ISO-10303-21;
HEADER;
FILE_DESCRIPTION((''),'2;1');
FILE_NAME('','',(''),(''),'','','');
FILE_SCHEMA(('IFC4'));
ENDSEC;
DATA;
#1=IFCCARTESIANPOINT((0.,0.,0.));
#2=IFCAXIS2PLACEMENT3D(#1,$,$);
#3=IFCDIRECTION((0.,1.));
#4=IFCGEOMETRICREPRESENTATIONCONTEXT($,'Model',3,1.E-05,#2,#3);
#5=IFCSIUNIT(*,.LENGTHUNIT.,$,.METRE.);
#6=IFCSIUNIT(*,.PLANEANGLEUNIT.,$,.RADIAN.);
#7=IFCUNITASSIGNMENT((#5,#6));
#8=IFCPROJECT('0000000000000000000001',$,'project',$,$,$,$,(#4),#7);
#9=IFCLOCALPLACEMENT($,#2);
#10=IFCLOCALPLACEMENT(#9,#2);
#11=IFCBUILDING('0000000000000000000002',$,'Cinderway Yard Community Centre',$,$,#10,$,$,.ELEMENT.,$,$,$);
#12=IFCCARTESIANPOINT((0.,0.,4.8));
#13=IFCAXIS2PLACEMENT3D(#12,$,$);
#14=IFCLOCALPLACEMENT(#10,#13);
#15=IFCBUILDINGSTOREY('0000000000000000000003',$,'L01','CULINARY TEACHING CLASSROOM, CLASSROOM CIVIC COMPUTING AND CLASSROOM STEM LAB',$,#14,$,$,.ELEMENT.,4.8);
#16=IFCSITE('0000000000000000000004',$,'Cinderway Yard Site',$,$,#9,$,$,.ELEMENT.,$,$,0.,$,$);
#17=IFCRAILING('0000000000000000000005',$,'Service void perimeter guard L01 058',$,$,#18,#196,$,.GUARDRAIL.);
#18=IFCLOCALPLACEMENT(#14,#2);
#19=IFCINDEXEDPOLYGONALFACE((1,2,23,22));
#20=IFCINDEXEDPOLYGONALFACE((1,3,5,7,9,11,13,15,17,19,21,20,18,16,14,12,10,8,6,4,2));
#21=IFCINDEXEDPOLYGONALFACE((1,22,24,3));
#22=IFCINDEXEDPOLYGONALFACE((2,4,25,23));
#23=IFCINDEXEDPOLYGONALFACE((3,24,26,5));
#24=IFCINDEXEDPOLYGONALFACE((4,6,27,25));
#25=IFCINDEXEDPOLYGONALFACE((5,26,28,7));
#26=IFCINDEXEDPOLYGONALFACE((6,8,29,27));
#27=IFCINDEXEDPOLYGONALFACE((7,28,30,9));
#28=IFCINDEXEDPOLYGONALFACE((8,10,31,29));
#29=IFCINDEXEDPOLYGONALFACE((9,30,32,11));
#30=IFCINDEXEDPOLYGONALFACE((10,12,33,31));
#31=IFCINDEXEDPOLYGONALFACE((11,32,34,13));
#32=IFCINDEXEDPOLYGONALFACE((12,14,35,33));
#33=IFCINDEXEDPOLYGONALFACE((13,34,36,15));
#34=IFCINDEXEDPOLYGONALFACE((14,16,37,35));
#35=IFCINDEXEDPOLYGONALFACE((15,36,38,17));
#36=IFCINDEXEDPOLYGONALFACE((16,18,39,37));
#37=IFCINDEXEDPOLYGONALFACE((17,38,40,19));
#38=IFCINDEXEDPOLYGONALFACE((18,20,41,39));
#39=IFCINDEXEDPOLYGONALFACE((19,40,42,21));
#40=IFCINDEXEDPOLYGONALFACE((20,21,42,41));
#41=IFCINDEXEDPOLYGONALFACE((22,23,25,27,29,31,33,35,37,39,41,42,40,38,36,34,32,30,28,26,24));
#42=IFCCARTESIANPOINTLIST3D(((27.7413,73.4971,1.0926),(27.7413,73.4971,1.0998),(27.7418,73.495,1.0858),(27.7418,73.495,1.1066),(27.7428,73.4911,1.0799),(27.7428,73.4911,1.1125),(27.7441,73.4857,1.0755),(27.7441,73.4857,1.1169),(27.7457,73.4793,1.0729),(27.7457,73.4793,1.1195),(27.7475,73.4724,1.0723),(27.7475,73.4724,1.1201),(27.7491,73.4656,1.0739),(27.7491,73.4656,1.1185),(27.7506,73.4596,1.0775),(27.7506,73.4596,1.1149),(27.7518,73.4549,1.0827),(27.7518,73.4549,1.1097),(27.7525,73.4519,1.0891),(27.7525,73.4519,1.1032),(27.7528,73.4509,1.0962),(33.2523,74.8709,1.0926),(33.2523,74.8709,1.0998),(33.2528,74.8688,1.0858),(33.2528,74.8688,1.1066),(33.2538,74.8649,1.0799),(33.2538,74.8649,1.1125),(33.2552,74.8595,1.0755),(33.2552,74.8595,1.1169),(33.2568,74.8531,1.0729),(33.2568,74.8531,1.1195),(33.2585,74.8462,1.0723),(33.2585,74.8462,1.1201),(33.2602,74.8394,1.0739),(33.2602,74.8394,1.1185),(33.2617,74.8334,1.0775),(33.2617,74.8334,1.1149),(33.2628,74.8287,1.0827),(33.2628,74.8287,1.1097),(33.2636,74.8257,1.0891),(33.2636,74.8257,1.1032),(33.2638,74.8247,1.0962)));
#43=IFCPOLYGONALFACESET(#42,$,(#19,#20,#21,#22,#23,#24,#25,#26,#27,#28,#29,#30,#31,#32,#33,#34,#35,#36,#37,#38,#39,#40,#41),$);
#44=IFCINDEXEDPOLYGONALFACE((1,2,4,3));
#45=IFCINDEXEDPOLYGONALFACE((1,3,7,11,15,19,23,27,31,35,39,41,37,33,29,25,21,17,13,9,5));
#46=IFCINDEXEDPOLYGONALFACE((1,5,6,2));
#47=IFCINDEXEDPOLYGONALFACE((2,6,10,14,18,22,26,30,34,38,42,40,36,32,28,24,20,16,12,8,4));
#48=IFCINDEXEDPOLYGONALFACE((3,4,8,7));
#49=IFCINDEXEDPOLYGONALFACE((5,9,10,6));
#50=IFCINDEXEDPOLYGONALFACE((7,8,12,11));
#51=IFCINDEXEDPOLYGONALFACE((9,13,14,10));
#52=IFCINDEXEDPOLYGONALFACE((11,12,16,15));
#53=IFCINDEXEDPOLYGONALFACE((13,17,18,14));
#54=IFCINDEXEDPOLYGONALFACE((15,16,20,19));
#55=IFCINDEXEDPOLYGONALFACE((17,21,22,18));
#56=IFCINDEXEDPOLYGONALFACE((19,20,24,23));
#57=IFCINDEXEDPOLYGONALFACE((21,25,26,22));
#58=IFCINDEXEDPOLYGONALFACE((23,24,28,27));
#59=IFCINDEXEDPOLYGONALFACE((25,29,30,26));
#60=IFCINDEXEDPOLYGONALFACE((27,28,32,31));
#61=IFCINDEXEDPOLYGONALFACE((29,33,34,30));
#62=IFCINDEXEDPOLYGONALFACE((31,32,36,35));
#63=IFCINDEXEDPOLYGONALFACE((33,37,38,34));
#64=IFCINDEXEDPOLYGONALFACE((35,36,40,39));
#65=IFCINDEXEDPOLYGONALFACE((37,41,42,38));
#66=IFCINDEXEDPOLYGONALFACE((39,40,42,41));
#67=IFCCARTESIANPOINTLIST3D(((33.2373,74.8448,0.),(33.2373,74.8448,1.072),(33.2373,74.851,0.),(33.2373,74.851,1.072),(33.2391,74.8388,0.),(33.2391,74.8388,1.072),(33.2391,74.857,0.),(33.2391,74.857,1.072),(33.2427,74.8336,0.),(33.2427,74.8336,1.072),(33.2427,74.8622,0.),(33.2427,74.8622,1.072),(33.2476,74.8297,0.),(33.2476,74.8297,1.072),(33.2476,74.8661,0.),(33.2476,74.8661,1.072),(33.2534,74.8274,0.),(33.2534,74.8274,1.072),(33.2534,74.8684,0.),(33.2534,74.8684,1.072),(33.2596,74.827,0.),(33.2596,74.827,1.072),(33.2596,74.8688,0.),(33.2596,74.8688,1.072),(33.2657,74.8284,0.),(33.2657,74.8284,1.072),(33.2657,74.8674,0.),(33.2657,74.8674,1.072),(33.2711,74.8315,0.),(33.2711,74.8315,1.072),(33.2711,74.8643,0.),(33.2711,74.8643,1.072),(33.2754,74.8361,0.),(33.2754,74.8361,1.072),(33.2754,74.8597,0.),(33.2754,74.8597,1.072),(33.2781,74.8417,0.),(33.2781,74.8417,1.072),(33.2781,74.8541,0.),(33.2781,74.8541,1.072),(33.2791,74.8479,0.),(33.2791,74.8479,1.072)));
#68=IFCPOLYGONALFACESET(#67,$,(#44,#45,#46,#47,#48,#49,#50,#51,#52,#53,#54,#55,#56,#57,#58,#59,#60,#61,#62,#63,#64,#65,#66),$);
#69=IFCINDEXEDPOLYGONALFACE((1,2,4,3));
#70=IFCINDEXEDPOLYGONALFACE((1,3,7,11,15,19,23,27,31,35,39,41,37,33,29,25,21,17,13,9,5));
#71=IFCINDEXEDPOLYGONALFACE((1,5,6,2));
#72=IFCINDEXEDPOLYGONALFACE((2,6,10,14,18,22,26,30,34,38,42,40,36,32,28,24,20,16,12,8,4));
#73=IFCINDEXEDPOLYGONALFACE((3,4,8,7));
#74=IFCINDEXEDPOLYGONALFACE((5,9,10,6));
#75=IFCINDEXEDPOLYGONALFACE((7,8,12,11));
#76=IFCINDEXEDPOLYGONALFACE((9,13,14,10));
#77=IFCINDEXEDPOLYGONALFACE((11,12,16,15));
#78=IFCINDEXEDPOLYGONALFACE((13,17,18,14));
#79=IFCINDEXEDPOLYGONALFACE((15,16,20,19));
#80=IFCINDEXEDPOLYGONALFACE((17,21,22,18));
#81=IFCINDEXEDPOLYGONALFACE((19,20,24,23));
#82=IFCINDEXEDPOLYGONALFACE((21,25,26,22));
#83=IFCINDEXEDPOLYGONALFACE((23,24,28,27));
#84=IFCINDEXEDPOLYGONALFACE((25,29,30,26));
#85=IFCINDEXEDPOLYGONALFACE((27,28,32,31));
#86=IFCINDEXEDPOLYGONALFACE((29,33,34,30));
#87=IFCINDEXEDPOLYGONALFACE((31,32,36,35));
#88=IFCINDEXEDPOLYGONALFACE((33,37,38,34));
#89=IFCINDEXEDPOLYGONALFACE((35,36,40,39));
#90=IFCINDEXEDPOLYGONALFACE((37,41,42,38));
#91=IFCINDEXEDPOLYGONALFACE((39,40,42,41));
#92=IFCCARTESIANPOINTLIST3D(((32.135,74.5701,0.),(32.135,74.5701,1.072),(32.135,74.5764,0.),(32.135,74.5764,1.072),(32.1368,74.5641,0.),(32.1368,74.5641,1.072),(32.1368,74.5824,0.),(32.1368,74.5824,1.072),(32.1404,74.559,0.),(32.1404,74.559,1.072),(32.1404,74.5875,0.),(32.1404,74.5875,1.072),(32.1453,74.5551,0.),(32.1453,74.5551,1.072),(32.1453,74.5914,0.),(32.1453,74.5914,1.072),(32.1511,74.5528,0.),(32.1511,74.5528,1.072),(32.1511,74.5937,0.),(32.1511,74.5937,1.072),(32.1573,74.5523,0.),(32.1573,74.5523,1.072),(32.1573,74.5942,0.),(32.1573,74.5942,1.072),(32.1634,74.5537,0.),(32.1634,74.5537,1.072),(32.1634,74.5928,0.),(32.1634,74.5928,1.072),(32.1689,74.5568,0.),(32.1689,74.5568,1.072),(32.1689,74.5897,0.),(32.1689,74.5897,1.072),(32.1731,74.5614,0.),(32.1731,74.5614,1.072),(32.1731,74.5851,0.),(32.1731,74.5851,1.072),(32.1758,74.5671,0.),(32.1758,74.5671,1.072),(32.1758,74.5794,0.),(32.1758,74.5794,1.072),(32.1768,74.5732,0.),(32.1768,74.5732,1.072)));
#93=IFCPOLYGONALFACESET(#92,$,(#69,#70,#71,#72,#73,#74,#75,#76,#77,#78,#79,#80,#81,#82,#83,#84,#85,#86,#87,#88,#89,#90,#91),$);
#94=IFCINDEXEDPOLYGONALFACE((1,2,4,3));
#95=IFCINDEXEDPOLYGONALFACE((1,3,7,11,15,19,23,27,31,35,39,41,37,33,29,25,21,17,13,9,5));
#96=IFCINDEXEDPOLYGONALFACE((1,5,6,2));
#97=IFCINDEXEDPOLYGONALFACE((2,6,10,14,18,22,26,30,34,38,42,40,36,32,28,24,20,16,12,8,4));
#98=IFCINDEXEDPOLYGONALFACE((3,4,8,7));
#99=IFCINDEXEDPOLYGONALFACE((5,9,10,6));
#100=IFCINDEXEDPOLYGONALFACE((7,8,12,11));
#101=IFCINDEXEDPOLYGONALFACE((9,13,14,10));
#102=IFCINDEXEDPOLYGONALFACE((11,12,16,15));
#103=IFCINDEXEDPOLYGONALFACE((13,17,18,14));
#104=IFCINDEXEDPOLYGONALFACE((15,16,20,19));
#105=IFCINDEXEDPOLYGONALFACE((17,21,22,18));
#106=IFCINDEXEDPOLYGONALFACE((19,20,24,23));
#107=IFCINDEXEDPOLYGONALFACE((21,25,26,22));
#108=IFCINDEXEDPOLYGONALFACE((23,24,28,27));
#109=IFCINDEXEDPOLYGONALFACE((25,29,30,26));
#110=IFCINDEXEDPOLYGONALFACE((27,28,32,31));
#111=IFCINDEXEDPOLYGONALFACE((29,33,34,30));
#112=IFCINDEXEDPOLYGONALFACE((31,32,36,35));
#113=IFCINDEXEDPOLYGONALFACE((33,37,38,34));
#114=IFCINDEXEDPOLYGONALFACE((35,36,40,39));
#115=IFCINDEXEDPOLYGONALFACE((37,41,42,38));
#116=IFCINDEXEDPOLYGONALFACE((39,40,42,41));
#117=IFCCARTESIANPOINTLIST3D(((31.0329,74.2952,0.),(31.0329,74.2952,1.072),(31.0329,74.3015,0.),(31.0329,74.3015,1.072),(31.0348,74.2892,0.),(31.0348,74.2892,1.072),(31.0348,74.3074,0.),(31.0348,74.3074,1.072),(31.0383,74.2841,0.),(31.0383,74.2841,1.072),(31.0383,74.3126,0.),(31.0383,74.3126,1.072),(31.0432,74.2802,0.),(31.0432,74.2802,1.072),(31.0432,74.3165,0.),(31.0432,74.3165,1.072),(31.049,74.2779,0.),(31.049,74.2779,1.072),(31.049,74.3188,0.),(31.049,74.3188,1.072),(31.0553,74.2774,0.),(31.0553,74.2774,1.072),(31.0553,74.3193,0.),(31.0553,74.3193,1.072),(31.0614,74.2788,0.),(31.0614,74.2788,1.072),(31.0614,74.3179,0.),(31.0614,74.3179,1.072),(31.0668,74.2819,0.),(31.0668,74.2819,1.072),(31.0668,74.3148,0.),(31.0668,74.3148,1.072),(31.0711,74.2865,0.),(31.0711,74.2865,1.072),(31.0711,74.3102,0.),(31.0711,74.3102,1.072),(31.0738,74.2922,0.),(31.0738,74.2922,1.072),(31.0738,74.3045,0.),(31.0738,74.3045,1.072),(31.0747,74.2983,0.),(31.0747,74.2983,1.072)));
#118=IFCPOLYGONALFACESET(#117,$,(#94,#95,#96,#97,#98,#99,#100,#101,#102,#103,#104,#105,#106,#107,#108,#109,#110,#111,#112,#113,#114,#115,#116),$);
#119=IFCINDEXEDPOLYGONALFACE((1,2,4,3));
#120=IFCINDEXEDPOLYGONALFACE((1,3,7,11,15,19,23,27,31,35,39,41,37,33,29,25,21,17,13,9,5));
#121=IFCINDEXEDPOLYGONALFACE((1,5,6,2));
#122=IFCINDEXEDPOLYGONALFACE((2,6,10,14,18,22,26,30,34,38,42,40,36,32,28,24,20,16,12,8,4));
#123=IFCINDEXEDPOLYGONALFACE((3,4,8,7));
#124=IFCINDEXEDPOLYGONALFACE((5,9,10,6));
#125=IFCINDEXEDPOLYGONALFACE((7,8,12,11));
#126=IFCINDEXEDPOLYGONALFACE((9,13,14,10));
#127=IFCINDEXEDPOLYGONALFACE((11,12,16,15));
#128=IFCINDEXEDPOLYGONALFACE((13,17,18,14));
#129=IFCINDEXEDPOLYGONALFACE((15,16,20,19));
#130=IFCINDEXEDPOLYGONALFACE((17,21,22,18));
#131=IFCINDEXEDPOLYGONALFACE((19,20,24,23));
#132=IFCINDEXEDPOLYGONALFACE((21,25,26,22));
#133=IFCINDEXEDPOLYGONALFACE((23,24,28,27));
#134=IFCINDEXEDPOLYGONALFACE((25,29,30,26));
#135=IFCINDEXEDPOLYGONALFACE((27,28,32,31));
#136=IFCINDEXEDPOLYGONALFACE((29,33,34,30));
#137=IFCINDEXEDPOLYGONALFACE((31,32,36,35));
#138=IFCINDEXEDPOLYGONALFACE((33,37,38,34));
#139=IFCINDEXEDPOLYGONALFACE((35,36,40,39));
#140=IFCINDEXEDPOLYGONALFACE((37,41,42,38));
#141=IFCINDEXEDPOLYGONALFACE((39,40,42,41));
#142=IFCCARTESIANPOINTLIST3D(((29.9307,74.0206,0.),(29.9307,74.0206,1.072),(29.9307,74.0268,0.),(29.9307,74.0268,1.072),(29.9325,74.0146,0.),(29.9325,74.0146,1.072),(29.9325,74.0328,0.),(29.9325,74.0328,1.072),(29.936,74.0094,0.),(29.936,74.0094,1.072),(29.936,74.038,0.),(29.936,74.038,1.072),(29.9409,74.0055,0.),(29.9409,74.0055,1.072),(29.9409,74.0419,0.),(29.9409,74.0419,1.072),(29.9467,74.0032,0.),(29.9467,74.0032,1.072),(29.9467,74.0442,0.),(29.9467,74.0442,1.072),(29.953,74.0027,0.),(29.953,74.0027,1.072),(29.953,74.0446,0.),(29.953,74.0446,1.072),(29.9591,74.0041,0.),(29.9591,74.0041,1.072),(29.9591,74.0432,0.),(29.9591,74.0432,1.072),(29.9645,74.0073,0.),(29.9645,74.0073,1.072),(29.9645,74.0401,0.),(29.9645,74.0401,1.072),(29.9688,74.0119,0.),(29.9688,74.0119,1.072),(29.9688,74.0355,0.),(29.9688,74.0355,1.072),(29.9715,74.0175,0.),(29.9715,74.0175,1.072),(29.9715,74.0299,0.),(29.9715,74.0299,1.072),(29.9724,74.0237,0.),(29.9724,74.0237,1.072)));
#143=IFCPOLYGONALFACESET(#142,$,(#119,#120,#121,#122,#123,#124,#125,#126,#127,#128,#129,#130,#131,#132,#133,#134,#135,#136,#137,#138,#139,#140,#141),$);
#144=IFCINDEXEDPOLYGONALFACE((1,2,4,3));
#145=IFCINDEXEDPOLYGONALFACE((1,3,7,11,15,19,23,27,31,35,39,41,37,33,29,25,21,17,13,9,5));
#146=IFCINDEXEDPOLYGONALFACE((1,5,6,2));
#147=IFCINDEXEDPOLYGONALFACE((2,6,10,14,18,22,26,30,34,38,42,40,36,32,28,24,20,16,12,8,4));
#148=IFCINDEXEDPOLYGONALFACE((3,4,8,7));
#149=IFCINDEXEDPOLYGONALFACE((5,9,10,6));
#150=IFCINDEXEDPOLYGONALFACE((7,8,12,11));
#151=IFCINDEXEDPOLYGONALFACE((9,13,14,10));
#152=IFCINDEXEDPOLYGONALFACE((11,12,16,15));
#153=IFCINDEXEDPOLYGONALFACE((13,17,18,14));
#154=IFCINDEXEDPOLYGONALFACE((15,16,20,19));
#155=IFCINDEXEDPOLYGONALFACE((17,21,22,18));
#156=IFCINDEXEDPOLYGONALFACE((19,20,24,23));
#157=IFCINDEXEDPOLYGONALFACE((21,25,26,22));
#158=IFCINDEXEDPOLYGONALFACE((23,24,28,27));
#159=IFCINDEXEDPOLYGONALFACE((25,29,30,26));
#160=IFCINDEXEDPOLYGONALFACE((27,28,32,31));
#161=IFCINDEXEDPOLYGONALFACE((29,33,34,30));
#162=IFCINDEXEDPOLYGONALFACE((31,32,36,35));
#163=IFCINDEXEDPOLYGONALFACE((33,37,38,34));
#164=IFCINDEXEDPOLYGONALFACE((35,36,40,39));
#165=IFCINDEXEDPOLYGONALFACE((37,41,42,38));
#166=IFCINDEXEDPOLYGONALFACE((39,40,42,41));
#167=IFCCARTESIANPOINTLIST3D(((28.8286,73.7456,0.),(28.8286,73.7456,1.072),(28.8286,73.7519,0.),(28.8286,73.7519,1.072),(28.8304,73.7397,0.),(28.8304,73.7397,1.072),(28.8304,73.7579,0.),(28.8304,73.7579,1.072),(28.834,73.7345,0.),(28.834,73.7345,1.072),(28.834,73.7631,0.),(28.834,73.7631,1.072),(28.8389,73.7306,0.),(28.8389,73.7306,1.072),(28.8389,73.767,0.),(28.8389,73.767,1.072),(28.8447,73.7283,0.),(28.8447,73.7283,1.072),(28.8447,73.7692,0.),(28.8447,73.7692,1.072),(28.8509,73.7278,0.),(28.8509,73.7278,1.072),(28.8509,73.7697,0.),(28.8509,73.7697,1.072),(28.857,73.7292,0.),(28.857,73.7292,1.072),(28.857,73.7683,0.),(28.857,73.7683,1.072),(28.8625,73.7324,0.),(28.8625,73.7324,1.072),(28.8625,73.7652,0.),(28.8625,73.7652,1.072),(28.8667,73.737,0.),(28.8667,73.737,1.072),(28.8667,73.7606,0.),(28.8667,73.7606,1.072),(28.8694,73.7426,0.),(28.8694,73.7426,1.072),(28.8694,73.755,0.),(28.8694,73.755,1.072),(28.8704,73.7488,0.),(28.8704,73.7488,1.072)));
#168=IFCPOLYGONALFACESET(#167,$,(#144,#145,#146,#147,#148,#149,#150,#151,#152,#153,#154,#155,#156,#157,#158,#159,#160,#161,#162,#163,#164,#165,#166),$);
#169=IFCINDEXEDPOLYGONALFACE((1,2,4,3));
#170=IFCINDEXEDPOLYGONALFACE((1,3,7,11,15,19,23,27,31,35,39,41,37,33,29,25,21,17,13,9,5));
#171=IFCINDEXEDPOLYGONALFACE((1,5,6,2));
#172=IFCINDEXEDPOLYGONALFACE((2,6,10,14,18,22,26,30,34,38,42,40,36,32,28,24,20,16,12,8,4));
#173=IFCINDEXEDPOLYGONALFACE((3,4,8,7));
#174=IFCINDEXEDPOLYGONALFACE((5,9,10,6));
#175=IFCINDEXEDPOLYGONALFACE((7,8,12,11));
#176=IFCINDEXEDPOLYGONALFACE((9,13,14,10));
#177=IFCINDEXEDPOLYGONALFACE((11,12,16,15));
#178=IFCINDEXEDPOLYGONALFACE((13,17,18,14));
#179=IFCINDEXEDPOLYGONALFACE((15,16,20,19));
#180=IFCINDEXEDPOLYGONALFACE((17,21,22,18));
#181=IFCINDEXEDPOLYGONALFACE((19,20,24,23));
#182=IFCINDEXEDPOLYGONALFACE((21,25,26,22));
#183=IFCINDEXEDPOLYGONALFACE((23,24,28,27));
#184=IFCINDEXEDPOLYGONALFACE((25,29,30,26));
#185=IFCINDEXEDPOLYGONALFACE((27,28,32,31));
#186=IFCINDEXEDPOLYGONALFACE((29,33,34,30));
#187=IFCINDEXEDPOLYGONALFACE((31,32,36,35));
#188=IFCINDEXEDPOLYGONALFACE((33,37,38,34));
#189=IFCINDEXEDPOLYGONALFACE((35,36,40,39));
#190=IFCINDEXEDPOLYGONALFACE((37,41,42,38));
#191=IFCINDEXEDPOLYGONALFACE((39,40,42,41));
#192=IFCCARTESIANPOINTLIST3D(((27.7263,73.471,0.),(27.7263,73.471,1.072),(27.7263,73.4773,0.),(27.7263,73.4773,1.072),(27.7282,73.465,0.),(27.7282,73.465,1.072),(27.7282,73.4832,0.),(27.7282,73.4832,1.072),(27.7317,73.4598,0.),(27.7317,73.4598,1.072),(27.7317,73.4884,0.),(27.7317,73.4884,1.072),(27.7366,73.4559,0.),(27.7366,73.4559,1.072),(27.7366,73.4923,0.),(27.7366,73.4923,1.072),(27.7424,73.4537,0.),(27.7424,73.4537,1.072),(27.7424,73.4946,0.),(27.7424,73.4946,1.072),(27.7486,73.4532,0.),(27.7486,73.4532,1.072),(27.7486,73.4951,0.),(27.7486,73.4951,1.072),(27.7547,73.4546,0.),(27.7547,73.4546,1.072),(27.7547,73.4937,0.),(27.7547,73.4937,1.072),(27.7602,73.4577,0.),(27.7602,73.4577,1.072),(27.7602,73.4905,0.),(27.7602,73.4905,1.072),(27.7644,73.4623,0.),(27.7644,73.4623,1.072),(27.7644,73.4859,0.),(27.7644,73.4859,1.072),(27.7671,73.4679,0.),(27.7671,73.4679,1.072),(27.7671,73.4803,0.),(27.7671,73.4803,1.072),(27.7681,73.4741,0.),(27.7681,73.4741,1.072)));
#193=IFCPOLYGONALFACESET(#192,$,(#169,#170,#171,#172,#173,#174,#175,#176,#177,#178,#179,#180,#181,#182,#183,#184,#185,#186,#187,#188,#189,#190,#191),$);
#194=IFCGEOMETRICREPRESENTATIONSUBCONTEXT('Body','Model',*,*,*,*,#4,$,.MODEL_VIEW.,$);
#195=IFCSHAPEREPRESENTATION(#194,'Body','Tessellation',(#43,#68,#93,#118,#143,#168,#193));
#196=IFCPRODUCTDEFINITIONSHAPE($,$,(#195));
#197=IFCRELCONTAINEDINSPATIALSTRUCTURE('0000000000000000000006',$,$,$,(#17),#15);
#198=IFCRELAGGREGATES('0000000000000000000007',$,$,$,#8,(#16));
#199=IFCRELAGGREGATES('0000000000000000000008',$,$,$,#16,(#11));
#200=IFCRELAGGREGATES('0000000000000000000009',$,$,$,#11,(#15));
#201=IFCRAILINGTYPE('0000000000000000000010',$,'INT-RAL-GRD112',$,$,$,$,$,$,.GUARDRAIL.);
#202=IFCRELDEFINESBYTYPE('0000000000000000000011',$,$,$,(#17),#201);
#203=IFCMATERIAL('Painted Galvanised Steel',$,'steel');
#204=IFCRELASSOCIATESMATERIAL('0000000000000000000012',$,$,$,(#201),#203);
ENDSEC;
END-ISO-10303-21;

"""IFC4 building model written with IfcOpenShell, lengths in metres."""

from ifc_helpers import new_model, si_unit, direction, frame, origin, origin_2d, place, context, subcontext, project, spatial, circle, extrude, material, type_object, element, save


model = new_model("IFC4")

# Units and contexts
model_context = context("Model", 3, precision=1e-05, world=origin(), true_north=direction((0.0, 1.0)))
body_context = subcontext(model_context, "Body", "Model", "MODEL_VIEW")
ifc_project = project(units=[si_unit("LENGTHUNIT", "METRE"), si_unit("PLANEANGLEUNIT", "RADIAN")], contexts=[model_context])

# Site, building, storey
site_placement = place(None, origin())
site = spatial("IfcSite", under=ifc_project, at=site_placement, Name="Cinderway Yard Site", CompositionType="ELEMENT", RefElevation=0.0)
building_placement = place(site_placement, origin())
building = spatial("IfcBuilding", under=site, at=building_placement, Name="Cinderway Yard Community Centre", CompositionType="ELEMENT")
storey_placement = place(building_placement, frame((0.0, 0.0, 4.8)))
storey = spatial("IfcBuildingStorey", under=building, at=storey_placement, Name="L01", Description="CULINARY TEACHING CLASSROOM, CLASSROOM CIVIC COMPUTING AND CLASSROOM STEM LAB", CompositionType="ELEMENT", Elevation=4.8)

# Railing
ifc_material_1 = material(Name="Painted Galvanised Steel", Category="steel")
railing_type_1 = type_object("IfcRailingType", Name="INT-RAL-GRD112", PredefinedType="GUARDRAIL", material=ifc_material_1)
railing_1_placement = place(storey_placement, frame((33.2581, 74.8479, 0.0)))
element("IfcRailing", 1, at=railing_1_placement, inside=storey, type_object=railing_type_1, Name="Service void perimeter guard L01 058", PredefinedType="GUARDRAIL", context=body_context, shape_type="SweptSolid", body=[
    extrude(circle(Radius=0.0239, at=origin_2d()), frame((0.0, 0.0, 1.0962), z_axis=(-0.970307, -0.241878, 0.0), x_axis=(0.241878, -0.970307, 0.0)), (0.0, 0.0, 1.0), 5.6797),
    extrude(circle(Radius=0.021, at=origin_2d()), origin(), (0.0, 0.0, 1.0), 1.072),
    extrude(circle(Radius=0.021, at=origin_2d()), frame((-1.1023, -0.2747, 0.0)), (0.0, 0.0, 1.0), 1.072),
    extrude(circle(Radius=0.021, at=origin_2d()), frame((-2.2043, -0.5496, 0.0)), (0.0, 0.0, 1.0), 1.072),
    extrude(circle(Radius=0.021, at=origin_2d()), frame((-3.3066, -0.8242, 0.0)), (0.0, 0.0, 1.0), 1.072),
    extrude(circle(Radius=0.021, at=origin_2d()), frame((-4.4087, -1.0991, 0.0)), (0.0, 0.0, 1.0), 1.072),
    extrude(circle(Radius=0.021, at=origin_2d()), frame((-5.511, -1.3738, 0.0)), (0.0, 0.0, 1.0), 1.072),
])

save(model, "model.ifc")
